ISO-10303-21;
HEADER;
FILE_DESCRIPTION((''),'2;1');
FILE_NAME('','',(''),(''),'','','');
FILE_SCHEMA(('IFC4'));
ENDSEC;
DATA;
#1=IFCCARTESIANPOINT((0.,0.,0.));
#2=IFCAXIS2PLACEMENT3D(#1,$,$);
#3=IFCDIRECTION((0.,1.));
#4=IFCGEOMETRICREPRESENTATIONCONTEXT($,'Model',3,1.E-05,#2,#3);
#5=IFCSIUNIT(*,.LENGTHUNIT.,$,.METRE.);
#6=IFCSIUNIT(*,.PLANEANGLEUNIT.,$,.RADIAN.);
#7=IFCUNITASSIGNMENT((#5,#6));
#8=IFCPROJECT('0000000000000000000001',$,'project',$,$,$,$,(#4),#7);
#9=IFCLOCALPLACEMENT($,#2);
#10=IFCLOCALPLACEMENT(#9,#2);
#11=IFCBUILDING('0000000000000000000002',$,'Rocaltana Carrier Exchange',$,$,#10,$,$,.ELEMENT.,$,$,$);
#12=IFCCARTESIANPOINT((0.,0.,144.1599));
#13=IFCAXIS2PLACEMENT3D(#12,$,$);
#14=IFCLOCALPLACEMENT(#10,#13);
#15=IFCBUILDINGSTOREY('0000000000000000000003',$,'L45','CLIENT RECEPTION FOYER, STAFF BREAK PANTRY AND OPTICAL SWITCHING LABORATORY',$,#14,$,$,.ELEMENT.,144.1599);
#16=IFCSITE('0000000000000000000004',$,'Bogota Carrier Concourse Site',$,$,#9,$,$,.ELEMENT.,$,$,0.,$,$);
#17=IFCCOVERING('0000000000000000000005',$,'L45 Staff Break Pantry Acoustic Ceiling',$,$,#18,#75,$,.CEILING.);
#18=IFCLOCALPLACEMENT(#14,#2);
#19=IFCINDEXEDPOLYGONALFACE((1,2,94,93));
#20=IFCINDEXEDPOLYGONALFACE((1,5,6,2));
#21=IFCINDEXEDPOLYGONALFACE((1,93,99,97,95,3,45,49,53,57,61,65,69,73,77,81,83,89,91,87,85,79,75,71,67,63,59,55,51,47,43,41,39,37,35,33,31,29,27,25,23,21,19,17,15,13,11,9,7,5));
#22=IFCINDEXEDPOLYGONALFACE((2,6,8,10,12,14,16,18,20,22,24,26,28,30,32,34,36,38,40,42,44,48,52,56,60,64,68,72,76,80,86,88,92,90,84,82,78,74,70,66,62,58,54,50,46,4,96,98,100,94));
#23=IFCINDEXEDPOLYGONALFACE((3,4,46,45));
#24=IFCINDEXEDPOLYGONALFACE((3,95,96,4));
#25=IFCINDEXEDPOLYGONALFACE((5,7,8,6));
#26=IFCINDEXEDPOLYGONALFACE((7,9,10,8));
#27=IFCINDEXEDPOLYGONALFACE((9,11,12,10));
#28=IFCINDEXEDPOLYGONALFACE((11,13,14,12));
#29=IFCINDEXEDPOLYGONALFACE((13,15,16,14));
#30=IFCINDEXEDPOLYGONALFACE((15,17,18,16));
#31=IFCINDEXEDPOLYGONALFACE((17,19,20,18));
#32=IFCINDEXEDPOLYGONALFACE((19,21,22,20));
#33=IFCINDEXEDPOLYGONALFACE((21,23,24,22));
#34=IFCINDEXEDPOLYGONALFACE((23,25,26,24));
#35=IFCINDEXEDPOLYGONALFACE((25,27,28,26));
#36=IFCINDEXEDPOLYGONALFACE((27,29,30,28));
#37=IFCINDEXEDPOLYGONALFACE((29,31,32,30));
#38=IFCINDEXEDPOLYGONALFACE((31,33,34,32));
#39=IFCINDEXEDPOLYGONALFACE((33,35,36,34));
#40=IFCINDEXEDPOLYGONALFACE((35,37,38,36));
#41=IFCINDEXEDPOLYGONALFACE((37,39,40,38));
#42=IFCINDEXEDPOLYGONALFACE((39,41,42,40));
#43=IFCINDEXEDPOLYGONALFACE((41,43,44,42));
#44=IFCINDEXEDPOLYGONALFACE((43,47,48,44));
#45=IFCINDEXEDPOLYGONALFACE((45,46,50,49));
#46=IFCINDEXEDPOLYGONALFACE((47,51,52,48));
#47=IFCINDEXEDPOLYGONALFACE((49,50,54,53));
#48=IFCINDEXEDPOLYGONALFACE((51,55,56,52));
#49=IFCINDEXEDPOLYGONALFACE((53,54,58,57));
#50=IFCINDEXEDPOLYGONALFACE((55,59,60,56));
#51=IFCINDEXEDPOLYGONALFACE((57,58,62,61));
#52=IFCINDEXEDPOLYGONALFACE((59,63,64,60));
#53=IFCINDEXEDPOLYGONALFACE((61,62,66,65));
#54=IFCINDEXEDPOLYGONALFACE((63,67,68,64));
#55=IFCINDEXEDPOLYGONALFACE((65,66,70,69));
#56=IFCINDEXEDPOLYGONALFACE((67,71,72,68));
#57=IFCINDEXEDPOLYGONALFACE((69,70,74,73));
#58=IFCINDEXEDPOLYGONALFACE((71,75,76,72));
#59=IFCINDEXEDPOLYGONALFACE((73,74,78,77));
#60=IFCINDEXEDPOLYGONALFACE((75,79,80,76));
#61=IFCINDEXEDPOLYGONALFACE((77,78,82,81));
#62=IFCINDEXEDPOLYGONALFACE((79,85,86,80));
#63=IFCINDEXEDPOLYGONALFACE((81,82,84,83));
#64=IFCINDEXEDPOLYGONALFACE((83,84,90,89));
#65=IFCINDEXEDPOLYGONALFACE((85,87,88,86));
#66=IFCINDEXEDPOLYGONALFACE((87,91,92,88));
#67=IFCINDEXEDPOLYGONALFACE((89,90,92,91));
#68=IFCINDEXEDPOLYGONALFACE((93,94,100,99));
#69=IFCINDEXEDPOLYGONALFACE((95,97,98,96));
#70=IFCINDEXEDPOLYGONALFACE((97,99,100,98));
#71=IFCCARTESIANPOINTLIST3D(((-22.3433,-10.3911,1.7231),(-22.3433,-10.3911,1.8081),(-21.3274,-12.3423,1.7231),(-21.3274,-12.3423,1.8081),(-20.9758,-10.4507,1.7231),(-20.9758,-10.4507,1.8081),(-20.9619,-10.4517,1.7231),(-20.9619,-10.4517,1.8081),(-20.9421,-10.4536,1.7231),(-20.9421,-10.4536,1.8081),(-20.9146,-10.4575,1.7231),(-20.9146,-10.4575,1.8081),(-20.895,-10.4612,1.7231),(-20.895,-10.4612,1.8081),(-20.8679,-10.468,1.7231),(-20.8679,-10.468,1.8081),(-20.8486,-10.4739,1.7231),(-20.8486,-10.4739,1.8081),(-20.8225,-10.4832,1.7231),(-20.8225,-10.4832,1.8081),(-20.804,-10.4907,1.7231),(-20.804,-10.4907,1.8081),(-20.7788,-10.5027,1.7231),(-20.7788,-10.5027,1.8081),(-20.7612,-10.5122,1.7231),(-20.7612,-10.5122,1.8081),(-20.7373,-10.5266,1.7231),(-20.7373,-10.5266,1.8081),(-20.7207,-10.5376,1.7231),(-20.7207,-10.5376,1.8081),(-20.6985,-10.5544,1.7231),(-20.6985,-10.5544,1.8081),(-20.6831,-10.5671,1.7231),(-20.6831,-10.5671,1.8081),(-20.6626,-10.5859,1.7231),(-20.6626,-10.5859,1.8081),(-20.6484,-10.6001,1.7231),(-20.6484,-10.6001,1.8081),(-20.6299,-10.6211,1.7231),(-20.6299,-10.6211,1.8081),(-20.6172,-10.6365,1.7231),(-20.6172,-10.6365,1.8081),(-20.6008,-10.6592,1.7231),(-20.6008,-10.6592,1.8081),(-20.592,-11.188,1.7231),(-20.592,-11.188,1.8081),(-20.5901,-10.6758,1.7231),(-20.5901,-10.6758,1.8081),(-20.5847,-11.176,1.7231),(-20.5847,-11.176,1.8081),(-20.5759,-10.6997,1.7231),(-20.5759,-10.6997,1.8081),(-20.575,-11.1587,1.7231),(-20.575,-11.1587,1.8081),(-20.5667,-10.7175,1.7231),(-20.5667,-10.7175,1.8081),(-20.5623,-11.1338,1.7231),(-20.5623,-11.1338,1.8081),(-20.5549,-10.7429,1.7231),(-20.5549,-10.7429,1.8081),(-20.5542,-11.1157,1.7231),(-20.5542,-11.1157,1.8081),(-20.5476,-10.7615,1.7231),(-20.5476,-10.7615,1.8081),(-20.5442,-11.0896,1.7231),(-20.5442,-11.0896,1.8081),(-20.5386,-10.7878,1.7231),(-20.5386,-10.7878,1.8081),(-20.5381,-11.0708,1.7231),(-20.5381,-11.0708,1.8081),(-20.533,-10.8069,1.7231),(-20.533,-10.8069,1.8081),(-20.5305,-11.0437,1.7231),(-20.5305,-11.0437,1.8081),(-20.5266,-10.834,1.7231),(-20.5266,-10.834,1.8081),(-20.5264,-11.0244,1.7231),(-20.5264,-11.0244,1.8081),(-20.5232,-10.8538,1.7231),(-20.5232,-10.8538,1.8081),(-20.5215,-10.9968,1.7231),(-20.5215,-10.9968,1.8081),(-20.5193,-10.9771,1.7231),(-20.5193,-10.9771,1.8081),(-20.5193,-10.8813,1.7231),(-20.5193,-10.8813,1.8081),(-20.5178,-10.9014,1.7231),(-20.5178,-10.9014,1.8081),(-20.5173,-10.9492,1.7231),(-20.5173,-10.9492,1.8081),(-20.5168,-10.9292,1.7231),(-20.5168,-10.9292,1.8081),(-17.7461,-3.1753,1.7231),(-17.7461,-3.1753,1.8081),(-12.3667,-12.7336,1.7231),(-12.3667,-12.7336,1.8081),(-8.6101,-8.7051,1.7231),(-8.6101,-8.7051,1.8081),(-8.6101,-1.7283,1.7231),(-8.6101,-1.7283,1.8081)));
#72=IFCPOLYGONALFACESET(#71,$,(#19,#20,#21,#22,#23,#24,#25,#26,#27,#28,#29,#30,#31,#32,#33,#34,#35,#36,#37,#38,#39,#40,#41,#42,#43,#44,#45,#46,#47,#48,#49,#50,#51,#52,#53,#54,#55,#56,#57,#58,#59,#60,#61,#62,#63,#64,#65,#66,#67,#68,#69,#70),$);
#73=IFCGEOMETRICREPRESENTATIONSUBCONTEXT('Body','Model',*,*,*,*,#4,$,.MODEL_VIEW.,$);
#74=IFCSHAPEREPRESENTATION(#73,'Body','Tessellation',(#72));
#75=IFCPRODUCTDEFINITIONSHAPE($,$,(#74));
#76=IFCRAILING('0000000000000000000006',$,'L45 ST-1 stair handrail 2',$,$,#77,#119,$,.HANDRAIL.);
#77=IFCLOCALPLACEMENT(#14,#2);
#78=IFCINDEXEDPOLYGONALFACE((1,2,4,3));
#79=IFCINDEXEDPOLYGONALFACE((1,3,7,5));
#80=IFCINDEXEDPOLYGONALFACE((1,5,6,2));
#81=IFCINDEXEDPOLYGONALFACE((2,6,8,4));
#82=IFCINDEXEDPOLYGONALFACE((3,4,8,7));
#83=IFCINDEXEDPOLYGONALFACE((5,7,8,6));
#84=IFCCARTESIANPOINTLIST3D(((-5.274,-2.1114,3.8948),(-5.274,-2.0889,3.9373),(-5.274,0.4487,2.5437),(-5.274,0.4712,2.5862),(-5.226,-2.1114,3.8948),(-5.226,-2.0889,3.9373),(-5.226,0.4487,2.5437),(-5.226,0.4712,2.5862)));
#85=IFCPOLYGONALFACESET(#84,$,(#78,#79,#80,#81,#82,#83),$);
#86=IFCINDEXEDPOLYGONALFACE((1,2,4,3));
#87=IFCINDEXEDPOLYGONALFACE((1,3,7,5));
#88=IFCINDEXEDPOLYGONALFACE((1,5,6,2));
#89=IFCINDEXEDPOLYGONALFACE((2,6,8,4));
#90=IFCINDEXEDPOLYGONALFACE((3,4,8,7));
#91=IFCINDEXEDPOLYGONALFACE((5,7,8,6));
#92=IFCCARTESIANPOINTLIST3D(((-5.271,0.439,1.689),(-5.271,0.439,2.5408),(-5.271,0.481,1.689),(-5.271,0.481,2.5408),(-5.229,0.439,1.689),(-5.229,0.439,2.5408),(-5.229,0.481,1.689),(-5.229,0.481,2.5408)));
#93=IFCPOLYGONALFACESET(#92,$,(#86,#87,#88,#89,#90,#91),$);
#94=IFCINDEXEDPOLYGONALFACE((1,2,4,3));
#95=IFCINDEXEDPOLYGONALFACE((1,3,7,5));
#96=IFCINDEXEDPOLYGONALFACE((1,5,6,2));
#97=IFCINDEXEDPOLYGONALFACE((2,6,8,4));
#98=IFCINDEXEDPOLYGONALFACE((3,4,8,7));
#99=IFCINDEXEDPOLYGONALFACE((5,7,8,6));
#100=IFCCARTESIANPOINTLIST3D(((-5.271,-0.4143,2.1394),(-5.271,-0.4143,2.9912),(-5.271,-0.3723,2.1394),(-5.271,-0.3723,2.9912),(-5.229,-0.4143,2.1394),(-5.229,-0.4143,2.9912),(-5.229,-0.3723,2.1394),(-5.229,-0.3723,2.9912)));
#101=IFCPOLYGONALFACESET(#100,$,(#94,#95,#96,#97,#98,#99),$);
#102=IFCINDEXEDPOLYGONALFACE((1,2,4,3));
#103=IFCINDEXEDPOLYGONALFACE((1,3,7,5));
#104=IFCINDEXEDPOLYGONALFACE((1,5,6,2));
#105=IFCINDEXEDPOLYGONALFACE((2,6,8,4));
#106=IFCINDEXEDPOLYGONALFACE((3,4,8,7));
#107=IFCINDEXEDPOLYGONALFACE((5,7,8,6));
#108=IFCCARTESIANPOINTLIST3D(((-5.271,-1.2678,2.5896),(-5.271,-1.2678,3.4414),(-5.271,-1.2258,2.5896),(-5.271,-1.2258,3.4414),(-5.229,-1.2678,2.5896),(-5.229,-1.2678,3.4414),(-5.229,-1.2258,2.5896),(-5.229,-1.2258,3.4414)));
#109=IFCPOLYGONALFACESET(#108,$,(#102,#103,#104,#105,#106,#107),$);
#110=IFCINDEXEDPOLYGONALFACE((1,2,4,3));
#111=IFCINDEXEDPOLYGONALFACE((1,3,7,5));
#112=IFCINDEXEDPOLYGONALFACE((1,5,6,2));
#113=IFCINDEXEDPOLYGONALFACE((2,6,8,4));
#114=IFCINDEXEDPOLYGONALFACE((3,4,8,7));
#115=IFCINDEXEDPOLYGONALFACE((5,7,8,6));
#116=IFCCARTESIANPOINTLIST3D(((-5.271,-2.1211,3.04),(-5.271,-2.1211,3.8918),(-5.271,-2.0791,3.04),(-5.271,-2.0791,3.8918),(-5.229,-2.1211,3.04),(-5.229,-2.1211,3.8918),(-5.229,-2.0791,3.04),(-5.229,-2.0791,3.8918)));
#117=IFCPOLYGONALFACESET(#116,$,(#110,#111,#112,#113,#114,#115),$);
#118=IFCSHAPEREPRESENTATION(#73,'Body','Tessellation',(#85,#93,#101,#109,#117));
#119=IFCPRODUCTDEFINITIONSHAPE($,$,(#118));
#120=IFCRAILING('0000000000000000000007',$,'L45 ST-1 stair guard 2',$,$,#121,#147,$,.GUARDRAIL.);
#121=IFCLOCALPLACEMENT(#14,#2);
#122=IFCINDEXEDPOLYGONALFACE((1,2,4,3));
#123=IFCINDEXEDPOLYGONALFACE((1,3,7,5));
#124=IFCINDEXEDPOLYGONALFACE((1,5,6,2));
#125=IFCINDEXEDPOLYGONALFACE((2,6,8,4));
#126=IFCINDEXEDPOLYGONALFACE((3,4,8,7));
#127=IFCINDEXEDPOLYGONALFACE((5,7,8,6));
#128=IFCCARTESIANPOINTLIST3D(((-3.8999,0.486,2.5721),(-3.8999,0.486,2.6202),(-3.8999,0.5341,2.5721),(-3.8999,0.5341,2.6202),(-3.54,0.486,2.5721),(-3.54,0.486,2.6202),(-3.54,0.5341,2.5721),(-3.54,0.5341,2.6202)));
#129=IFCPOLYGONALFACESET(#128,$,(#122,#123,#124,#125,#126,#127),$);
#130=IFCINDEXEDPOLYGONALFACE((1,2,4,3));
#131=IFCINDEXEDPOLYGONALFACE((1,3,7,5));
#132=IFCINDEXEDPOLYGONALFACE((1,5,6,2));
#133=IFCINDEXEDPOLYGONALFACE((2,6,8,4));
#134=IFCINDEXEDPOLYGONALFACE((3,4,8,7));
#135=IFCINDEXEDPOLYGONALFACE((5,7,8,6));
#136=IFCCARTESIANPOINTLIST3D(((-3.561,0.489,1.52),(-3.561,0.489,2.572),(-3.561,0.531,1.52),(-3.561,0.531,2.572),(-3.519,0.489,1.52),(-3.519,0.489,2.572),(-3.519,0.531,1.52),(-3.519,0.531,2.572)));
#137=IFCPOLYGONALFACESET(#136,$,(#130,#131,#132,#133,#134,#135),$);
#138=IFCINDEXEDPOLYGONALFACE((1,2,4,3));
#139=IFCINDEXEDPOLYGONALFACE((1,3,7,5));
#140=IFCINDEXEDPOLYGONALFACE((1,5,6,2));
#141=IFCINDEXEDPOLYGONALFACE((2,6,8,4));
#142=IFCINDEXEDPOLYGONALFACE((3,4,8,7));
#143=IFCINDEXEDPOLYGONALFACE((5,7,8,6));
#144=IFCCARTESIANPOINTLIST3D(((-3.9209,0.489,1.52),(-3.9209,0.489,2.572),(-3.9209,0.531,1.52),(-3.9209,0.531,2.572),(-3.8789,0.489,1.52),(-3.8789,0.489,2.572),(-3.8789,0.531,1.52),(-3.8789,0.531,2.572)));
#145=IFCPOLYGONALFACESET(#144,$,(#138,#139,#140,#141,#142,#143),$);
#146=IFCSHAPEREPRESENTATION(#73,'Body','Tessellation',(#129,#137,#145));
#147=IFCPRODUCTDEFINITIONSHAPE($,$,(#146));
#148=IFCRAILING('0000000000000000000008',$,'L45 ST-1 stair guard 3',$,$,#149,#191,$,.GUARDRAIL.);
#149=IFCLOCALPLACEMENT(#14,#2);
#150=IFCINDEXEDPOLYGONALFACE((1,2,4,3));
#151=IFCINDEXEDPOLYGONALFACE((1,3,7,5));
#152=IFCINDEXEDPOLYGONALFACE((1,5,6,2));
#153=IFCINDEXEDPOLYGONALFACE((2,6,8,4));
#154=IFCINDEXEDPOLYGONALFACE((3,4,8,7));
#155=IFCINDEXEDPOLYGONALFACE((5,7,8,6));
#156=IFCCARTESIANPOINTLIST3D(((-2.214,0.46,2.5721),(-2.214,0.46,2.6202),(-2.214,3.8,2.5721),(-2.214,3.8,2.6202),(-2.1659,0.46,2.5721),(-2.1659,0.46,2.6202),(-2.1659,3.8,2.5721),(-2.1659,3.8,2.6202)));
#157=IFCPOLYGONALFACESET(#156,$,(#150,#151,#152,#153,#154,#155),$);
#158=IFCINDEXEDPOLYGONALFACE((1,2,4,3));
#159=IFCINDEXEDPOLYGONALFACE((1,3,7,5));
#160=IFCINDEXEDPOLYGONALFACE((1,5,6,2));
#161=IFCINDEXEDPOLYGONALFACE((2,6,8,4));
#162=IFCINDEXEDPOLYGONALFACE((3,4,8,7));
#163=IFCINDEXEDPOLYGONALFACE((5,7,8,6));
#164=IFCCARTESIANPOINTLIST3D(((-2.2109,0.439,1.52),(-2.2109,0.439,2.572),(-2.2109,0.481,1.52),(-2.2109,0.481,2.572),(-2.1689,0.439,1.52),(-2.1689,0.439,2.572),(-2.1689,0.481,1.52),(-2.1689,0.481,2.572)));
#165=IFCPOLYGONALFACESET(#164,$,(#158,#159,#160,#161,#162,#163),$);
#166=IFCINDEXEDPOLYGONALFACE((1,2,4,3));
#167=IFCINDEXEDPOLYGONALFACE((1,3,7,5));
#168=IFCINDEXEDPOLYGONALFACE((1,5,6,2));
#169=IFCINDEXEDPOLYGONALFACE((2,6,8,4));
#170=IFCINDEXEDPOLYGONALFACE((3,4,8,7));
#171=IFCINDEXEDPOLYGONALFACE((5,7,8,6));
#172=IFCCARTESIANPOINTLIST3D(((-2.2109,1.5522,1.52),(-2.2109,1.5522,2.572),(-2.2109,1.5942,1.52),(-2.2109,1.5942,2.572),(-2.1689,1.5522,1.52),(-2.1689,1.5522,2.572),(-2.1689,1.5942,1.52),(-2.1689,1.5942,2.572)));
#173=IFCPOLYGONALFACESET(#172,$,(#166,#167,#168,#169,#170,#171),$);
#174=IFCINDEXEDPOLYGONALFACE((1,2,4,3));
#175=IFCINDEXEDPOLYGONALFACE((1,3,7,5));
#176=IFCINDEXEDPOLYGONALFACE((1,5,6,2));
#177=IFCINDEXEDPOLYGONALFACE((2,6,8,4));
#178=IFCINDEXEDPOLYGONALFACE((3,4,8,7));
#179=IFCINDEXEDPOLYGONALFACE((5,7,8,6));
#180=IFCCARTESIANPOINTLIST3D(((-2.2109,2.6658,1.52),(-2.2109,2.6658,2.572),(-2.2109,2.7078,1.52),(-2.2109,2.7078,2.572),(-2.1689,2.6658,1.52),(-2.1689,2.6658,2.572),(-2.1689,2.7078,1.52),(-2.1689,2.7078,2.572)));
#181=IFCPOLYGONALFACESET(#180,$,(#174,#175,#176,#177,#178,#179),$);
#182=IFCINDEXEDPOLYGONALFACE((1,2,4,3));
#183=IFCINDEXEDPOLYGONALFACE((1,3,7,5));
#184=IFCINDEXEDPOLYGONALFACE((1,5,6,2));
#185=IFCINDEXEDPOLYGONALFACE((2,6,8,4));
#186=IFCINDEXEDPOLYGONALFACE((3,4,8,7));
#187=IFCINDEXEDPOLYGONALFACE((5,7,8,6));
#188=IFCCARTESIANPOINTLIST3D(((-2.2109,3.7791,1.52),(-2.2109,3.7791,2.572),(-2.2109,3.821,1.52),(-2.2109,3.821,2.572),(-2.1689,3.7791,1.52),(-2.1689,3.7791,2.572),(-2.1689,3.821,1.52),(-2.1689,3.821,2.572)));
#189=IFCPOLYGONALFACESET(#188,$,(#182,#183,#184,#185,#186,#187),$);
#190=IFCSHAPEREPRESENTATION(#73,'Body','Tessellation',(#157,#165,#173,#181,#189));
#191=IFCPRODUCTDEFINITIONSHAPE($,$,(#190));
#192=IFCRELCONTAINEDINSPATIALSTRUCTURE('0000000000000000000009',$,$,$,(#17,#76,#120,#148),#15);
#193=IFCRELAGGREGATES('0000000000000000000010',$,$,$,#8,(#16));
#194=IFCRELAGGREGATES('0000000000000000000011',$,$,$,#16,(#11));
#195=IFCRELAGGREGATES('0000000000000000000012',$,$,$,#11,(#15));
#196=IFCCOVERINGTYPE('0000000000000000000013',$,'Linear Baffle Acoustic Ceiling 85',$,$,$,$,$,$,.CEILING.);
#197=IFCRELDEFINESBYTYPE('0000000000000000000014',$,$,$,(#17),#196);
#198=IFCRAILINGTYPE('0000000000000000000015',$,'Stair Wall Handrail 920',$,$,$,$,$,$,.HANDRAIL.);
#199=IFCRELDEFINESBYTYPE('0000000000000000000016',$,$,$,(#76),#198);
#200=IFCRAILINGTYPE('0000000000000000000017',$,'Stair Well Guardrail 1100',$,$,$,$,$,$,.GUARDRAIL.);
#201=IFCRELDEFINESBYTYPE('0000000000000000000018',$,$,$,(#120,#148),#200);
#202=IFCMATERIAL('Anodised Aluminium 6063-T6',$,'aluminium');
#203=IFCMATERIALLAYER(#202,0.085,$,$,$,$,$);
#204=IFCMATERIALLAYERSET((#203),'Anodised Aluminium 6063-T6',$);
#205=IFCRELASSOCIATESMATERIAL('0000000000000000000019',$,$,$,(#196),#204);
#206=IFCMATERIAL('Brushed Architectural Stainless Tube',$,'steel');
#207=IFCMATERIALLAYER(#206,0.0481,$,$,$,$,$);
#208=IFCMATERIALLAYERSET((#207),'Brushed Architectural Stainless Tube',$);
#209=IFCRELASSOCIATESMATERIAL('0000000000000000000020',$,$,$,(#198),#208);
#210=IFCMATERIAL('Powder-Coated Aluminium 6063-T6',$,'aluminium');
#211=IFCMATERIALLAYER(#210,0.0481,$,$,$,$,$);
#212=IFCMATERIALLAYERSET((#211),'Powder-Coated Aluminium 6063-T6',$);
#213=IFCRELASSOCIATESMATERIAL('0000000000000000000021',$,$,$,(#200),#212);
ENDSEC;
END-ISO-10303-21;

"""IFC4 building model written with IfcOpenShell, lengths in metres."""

from ifc_helpers import new_model, si_unit, direction, frame, origin, origin_2d, place, context, subcontext, project, spatial, polyline, rectangle, outline, extrude, material, layer, layer_set, type_object, element, save


model = new_model("IFC4")

# Units and contexts
model_context = context("Model", 3, precision=1e-05, world=origin(), true_north=direction((0.0, 1.0)))
body_context = subcontext(model_context, "Body", "Model", "MODEL_VIEW")
ifc_project = project(units=[si_unit("LENGTHUNIT", "METRE"), si_unit("PLANEANGLEUNIT", "RADIAN")], contexts=[model_context])

# Site, building, storey
site_placement = place(None, origin())
site = spatial("IfcSite", under=ifc_project, at=site_placement, Name="Bogota Carrier Concourse Site", CompositionType="ELEMENT", RefElevation=0.0)
building_placement = place(site_placement, origin())
building = spatial("IfcBuilding", under=site, at=building_placement, Name="Rocaltana Carrier Exchange", CompositionType="ELEMENT")
storey_placement = place(building_placement, frame((0.0, 0.0, 144.1599)))
storey = spatial("IfcBuildingStorey", under=building, at=storey_placement, Name="L45", Description="CLIENT RECEPTION FOYER, STAFF BREAK PANTRY AND OPTICAL SWITCHING LABORATORY", CompositionType="ELEMENT", Elevation=144.1599)

# Covering
ifc_material_1 = material(Name="Anodised Aluminium 6063-T6", Category="aluminium")
ifc_layer_1 = layer(ifc_material_1, 0.085)
ifc_layer_set_1 = layer_set([ifc_layer_1], Name="Anodised Aluminium 6063-T6")
covering_type_1 = type_object("IfcCoveringType", Name="Linear Baffle Acoustic Ceiling 85", PredefinedType="CEILING", material=ifc_layer_set_1)
covering_1_placement = place(storey_placement, frame((0.0, 0.0, 1.7231)))
element("IfcCovering", 1, at=covering_1_placement, inside=storey, type_object=covering_type_1, Name="L45 Staff Break Pantry Acoustic Ceiling", PredefinedType="CEILING", context=body_context, shape_type="SweptSolid", body=[
    extrude(outline(polyline([(-20.592, -11.188), (-20.5847, -11.176), (-20.575, -11.1587), (-20.5623, -11.1338), (-20.5542, -11.1157), (-20.5442, -11.0896), (-20.5381, -11.0708), (-20.5305, -11.0437), (-20.5264, -11.0244), (-20.5215, -10.9968), (-20.5193, -10.9771), (-20.5173, -10.9492), (-20.5168, -10.9292), (-20.5178, -10.9014), (-20.5193, -10.8813), (-20.5232, -10.8538), (-20.5266, -10.834), (-20.533, -10.8069), (-20.5386, -10.7878), (-20.5476, -10.7615), (-20.5549, -10.7429), (-20.5667, -10.7175), (-20.5759, -10.6997), (-20.5901, -10.6758), (-20.6008, -10.6592), (-20.6172, -10.6365), (-20.6299, -10.6211), (-20.6484, -10.6001), (-20.6626, -10.5859), (-20.6831, -10.5671), (-20.6985, -10.5544), (-20.7207, -10.5376), (-20.7373, -10.5266), (-20.7612, -10.5122), (-20.7788, -10.5027), (-20.804, -10.4907), (-20.8225, -10.4832), (-20.8486, -10.4739), (-20.8679, -10.468), (-20.895, -10.4612), (-20.9146, -10.4575), (-20.9421, -10.4536), (-20.9619, -10.4517), (-20.9758, -10.4507), (-22.3433, -10.3911), (-17.7461, -3.1753), (-8.6101, -1.7283), (-8.6101, -8.7051), (-12.3667, -12.7336), (-21.3274, -12.3423), (-20.592, -11.188)])), origin(), (0.0, 0.0, 1.0), 0.085),
])

# Railings
ifc_material_2 = material(Name="Brushed Architectural Stainless Tube", Category="steel")
ifc_layer_2 = layer(ifc_material_2, 0.0481)
ifc_layer_set_2 = layer_set([ifc_layer_2], Name="Brushed Architectural Stainless Tube")
railing_type_1 = type_object("IfcRailingType", Name="Stair Wall Handrail 920", PredefinedType="HANDRAIL", material=ifc_layer_set_2)
railing_1_placement = place(storey_placement, frame((-5.25, 0.46, 1.689)))
element("IfcRailing", 2, at=railing_1_placement, inside=storey, type_object=railing_type_1, Name="L45 ST-1 stair handrail 2", PredefinedType="HANDRAIL", context=body_context, shape_type="SweptSolid", body=[
    extrude(rectangle(XDim=0.0481, YDim=0.0481, at=origin_2d()), frame((0.0, 0.0, 0.876), z_axis=(0.0, -0.884394, 0.46674), x_axis=(1.0, 0.0, 0.0)), (0.0, 0.0, 1.0), 2.8948),
    extrude(rectangle(XDim=0.042, YDim=0.042, at=origin_2d()), origin(), (0.0, 0.0, 1.0), 0.8518),
    extrude(rectangle(XDim=0.042, YDim=0.042, at=origin_2d()), frame((0.0, -0.8533, 0.4504)), (0.0, 0.0, 1.0), 0.8518),
    extrude(rectangle(XDim=0.042, YDim=0.042, at=origin_2d()), frame((0.0, -1.7068, 0.9006)), (0.0, 0.0, 1.0), 0.8518),
    extrude(rectangle(XDim=0.042, YDim=0.042, at=origin_2d()), frame((0.0, -2.5601, 1.3511)), (0.0, 0.0, 1.0), 0.8518),
])
ifc_material_3 = material(Name="Powder-Coated Aluminium 6063-T6", Category="aluminium")
ifc_layer_3 = layer(ifc_material_3, 0.0481)
ifc_layer_set_3 = layer_set([ifc_layer_3], Name="Powder-Coated Aluminium 6063-T6")
railing_type_2 = type_object("IfcRailingType", Name="Stair Well Guardrail 1100", PredefinedType="GUARDRAIL", material=ifc_layer_set_3)
railing_2_placement = place(storey_placement, frame((-3.54, 0.51, 1.52)))
element("IfcRailing", 3, at=railing_2_placement, inside=storey, type_object=railing_type_2, Name="L45 ST-1 stair guard 2", PredefinedType="GUARDRAIL", context=body_context, shape_type="SweptSolid", body=[
    extrude(rectangle(XDim=0.0481, YDim=0.0481, at=origin_2d()), frame((0.0, 0.0, 1.0762), z_axis=(-1.0, 0.0, 0.0), x_axis=(0.0, -1.0, 0.0)), (0.0, 0.0, 1.0), 0.3599),
    extrude(rectangle(XDim=0.042, YDim=0.042, at=origin_2d()), origin(), (0.0, 0.0, 1.0), 1.052),
    extrude(rectangle(XDim=0.042, YDim=0.042, at=origin_2d()), frame((-0.3599, 0.0, 0.0)), (0.0, 0.0, 1.0), 1.052),
])
for number, where, name in (
    (4, (-2.1899, 0.46, 1.52), "L45 ST-1 stair guard 3"),
):
    element("IfcRailing", number, at=place(storey_placement, frame(where)), inside=storey, type_object=railing_type_2, Name=name, PredefinedType="GUARDRAIL", context=body_context, shape_type="SweptSolid", body=[
        extrude(rectangle(XDim=0.0481, YDim=0.0481, at=origin_2d()), frame((0.0, 0.0, 1.0762), z_axis=(0.0, 1.0, 0.0), x_axis=(-1.0, 0.0, 0.0)), (0.0, 0.0, 1.0), 3.3401),
        extrude(rectangle(XDim=0.042, YDim=0.042, at=origin_2d()), origin(), (0.0, 0.0, 1.0), 1.052),
        extrude(rectangle(XDim=0.042, YDim=0.042, at=origin_2d()), frame((0.0, 1.1133, 0.0)), (0.0, 0.0, 1.0), 1.052),
        extrude(rectangle(XDim=0.042, YDim=0.042, at=origin_2d()), frame((0.0, 2.2268, 0.0)), (0.0, 0.0, 1.0), 1.052),
        extrude(rectangle(XDim=0.042, YDim=0.042, at=origin_2d()), frame((0.0, 3.3401, 0.0)), (0.0, 0.0, 1.0), 1.052),
    ])

save(model, "model.ifc")
